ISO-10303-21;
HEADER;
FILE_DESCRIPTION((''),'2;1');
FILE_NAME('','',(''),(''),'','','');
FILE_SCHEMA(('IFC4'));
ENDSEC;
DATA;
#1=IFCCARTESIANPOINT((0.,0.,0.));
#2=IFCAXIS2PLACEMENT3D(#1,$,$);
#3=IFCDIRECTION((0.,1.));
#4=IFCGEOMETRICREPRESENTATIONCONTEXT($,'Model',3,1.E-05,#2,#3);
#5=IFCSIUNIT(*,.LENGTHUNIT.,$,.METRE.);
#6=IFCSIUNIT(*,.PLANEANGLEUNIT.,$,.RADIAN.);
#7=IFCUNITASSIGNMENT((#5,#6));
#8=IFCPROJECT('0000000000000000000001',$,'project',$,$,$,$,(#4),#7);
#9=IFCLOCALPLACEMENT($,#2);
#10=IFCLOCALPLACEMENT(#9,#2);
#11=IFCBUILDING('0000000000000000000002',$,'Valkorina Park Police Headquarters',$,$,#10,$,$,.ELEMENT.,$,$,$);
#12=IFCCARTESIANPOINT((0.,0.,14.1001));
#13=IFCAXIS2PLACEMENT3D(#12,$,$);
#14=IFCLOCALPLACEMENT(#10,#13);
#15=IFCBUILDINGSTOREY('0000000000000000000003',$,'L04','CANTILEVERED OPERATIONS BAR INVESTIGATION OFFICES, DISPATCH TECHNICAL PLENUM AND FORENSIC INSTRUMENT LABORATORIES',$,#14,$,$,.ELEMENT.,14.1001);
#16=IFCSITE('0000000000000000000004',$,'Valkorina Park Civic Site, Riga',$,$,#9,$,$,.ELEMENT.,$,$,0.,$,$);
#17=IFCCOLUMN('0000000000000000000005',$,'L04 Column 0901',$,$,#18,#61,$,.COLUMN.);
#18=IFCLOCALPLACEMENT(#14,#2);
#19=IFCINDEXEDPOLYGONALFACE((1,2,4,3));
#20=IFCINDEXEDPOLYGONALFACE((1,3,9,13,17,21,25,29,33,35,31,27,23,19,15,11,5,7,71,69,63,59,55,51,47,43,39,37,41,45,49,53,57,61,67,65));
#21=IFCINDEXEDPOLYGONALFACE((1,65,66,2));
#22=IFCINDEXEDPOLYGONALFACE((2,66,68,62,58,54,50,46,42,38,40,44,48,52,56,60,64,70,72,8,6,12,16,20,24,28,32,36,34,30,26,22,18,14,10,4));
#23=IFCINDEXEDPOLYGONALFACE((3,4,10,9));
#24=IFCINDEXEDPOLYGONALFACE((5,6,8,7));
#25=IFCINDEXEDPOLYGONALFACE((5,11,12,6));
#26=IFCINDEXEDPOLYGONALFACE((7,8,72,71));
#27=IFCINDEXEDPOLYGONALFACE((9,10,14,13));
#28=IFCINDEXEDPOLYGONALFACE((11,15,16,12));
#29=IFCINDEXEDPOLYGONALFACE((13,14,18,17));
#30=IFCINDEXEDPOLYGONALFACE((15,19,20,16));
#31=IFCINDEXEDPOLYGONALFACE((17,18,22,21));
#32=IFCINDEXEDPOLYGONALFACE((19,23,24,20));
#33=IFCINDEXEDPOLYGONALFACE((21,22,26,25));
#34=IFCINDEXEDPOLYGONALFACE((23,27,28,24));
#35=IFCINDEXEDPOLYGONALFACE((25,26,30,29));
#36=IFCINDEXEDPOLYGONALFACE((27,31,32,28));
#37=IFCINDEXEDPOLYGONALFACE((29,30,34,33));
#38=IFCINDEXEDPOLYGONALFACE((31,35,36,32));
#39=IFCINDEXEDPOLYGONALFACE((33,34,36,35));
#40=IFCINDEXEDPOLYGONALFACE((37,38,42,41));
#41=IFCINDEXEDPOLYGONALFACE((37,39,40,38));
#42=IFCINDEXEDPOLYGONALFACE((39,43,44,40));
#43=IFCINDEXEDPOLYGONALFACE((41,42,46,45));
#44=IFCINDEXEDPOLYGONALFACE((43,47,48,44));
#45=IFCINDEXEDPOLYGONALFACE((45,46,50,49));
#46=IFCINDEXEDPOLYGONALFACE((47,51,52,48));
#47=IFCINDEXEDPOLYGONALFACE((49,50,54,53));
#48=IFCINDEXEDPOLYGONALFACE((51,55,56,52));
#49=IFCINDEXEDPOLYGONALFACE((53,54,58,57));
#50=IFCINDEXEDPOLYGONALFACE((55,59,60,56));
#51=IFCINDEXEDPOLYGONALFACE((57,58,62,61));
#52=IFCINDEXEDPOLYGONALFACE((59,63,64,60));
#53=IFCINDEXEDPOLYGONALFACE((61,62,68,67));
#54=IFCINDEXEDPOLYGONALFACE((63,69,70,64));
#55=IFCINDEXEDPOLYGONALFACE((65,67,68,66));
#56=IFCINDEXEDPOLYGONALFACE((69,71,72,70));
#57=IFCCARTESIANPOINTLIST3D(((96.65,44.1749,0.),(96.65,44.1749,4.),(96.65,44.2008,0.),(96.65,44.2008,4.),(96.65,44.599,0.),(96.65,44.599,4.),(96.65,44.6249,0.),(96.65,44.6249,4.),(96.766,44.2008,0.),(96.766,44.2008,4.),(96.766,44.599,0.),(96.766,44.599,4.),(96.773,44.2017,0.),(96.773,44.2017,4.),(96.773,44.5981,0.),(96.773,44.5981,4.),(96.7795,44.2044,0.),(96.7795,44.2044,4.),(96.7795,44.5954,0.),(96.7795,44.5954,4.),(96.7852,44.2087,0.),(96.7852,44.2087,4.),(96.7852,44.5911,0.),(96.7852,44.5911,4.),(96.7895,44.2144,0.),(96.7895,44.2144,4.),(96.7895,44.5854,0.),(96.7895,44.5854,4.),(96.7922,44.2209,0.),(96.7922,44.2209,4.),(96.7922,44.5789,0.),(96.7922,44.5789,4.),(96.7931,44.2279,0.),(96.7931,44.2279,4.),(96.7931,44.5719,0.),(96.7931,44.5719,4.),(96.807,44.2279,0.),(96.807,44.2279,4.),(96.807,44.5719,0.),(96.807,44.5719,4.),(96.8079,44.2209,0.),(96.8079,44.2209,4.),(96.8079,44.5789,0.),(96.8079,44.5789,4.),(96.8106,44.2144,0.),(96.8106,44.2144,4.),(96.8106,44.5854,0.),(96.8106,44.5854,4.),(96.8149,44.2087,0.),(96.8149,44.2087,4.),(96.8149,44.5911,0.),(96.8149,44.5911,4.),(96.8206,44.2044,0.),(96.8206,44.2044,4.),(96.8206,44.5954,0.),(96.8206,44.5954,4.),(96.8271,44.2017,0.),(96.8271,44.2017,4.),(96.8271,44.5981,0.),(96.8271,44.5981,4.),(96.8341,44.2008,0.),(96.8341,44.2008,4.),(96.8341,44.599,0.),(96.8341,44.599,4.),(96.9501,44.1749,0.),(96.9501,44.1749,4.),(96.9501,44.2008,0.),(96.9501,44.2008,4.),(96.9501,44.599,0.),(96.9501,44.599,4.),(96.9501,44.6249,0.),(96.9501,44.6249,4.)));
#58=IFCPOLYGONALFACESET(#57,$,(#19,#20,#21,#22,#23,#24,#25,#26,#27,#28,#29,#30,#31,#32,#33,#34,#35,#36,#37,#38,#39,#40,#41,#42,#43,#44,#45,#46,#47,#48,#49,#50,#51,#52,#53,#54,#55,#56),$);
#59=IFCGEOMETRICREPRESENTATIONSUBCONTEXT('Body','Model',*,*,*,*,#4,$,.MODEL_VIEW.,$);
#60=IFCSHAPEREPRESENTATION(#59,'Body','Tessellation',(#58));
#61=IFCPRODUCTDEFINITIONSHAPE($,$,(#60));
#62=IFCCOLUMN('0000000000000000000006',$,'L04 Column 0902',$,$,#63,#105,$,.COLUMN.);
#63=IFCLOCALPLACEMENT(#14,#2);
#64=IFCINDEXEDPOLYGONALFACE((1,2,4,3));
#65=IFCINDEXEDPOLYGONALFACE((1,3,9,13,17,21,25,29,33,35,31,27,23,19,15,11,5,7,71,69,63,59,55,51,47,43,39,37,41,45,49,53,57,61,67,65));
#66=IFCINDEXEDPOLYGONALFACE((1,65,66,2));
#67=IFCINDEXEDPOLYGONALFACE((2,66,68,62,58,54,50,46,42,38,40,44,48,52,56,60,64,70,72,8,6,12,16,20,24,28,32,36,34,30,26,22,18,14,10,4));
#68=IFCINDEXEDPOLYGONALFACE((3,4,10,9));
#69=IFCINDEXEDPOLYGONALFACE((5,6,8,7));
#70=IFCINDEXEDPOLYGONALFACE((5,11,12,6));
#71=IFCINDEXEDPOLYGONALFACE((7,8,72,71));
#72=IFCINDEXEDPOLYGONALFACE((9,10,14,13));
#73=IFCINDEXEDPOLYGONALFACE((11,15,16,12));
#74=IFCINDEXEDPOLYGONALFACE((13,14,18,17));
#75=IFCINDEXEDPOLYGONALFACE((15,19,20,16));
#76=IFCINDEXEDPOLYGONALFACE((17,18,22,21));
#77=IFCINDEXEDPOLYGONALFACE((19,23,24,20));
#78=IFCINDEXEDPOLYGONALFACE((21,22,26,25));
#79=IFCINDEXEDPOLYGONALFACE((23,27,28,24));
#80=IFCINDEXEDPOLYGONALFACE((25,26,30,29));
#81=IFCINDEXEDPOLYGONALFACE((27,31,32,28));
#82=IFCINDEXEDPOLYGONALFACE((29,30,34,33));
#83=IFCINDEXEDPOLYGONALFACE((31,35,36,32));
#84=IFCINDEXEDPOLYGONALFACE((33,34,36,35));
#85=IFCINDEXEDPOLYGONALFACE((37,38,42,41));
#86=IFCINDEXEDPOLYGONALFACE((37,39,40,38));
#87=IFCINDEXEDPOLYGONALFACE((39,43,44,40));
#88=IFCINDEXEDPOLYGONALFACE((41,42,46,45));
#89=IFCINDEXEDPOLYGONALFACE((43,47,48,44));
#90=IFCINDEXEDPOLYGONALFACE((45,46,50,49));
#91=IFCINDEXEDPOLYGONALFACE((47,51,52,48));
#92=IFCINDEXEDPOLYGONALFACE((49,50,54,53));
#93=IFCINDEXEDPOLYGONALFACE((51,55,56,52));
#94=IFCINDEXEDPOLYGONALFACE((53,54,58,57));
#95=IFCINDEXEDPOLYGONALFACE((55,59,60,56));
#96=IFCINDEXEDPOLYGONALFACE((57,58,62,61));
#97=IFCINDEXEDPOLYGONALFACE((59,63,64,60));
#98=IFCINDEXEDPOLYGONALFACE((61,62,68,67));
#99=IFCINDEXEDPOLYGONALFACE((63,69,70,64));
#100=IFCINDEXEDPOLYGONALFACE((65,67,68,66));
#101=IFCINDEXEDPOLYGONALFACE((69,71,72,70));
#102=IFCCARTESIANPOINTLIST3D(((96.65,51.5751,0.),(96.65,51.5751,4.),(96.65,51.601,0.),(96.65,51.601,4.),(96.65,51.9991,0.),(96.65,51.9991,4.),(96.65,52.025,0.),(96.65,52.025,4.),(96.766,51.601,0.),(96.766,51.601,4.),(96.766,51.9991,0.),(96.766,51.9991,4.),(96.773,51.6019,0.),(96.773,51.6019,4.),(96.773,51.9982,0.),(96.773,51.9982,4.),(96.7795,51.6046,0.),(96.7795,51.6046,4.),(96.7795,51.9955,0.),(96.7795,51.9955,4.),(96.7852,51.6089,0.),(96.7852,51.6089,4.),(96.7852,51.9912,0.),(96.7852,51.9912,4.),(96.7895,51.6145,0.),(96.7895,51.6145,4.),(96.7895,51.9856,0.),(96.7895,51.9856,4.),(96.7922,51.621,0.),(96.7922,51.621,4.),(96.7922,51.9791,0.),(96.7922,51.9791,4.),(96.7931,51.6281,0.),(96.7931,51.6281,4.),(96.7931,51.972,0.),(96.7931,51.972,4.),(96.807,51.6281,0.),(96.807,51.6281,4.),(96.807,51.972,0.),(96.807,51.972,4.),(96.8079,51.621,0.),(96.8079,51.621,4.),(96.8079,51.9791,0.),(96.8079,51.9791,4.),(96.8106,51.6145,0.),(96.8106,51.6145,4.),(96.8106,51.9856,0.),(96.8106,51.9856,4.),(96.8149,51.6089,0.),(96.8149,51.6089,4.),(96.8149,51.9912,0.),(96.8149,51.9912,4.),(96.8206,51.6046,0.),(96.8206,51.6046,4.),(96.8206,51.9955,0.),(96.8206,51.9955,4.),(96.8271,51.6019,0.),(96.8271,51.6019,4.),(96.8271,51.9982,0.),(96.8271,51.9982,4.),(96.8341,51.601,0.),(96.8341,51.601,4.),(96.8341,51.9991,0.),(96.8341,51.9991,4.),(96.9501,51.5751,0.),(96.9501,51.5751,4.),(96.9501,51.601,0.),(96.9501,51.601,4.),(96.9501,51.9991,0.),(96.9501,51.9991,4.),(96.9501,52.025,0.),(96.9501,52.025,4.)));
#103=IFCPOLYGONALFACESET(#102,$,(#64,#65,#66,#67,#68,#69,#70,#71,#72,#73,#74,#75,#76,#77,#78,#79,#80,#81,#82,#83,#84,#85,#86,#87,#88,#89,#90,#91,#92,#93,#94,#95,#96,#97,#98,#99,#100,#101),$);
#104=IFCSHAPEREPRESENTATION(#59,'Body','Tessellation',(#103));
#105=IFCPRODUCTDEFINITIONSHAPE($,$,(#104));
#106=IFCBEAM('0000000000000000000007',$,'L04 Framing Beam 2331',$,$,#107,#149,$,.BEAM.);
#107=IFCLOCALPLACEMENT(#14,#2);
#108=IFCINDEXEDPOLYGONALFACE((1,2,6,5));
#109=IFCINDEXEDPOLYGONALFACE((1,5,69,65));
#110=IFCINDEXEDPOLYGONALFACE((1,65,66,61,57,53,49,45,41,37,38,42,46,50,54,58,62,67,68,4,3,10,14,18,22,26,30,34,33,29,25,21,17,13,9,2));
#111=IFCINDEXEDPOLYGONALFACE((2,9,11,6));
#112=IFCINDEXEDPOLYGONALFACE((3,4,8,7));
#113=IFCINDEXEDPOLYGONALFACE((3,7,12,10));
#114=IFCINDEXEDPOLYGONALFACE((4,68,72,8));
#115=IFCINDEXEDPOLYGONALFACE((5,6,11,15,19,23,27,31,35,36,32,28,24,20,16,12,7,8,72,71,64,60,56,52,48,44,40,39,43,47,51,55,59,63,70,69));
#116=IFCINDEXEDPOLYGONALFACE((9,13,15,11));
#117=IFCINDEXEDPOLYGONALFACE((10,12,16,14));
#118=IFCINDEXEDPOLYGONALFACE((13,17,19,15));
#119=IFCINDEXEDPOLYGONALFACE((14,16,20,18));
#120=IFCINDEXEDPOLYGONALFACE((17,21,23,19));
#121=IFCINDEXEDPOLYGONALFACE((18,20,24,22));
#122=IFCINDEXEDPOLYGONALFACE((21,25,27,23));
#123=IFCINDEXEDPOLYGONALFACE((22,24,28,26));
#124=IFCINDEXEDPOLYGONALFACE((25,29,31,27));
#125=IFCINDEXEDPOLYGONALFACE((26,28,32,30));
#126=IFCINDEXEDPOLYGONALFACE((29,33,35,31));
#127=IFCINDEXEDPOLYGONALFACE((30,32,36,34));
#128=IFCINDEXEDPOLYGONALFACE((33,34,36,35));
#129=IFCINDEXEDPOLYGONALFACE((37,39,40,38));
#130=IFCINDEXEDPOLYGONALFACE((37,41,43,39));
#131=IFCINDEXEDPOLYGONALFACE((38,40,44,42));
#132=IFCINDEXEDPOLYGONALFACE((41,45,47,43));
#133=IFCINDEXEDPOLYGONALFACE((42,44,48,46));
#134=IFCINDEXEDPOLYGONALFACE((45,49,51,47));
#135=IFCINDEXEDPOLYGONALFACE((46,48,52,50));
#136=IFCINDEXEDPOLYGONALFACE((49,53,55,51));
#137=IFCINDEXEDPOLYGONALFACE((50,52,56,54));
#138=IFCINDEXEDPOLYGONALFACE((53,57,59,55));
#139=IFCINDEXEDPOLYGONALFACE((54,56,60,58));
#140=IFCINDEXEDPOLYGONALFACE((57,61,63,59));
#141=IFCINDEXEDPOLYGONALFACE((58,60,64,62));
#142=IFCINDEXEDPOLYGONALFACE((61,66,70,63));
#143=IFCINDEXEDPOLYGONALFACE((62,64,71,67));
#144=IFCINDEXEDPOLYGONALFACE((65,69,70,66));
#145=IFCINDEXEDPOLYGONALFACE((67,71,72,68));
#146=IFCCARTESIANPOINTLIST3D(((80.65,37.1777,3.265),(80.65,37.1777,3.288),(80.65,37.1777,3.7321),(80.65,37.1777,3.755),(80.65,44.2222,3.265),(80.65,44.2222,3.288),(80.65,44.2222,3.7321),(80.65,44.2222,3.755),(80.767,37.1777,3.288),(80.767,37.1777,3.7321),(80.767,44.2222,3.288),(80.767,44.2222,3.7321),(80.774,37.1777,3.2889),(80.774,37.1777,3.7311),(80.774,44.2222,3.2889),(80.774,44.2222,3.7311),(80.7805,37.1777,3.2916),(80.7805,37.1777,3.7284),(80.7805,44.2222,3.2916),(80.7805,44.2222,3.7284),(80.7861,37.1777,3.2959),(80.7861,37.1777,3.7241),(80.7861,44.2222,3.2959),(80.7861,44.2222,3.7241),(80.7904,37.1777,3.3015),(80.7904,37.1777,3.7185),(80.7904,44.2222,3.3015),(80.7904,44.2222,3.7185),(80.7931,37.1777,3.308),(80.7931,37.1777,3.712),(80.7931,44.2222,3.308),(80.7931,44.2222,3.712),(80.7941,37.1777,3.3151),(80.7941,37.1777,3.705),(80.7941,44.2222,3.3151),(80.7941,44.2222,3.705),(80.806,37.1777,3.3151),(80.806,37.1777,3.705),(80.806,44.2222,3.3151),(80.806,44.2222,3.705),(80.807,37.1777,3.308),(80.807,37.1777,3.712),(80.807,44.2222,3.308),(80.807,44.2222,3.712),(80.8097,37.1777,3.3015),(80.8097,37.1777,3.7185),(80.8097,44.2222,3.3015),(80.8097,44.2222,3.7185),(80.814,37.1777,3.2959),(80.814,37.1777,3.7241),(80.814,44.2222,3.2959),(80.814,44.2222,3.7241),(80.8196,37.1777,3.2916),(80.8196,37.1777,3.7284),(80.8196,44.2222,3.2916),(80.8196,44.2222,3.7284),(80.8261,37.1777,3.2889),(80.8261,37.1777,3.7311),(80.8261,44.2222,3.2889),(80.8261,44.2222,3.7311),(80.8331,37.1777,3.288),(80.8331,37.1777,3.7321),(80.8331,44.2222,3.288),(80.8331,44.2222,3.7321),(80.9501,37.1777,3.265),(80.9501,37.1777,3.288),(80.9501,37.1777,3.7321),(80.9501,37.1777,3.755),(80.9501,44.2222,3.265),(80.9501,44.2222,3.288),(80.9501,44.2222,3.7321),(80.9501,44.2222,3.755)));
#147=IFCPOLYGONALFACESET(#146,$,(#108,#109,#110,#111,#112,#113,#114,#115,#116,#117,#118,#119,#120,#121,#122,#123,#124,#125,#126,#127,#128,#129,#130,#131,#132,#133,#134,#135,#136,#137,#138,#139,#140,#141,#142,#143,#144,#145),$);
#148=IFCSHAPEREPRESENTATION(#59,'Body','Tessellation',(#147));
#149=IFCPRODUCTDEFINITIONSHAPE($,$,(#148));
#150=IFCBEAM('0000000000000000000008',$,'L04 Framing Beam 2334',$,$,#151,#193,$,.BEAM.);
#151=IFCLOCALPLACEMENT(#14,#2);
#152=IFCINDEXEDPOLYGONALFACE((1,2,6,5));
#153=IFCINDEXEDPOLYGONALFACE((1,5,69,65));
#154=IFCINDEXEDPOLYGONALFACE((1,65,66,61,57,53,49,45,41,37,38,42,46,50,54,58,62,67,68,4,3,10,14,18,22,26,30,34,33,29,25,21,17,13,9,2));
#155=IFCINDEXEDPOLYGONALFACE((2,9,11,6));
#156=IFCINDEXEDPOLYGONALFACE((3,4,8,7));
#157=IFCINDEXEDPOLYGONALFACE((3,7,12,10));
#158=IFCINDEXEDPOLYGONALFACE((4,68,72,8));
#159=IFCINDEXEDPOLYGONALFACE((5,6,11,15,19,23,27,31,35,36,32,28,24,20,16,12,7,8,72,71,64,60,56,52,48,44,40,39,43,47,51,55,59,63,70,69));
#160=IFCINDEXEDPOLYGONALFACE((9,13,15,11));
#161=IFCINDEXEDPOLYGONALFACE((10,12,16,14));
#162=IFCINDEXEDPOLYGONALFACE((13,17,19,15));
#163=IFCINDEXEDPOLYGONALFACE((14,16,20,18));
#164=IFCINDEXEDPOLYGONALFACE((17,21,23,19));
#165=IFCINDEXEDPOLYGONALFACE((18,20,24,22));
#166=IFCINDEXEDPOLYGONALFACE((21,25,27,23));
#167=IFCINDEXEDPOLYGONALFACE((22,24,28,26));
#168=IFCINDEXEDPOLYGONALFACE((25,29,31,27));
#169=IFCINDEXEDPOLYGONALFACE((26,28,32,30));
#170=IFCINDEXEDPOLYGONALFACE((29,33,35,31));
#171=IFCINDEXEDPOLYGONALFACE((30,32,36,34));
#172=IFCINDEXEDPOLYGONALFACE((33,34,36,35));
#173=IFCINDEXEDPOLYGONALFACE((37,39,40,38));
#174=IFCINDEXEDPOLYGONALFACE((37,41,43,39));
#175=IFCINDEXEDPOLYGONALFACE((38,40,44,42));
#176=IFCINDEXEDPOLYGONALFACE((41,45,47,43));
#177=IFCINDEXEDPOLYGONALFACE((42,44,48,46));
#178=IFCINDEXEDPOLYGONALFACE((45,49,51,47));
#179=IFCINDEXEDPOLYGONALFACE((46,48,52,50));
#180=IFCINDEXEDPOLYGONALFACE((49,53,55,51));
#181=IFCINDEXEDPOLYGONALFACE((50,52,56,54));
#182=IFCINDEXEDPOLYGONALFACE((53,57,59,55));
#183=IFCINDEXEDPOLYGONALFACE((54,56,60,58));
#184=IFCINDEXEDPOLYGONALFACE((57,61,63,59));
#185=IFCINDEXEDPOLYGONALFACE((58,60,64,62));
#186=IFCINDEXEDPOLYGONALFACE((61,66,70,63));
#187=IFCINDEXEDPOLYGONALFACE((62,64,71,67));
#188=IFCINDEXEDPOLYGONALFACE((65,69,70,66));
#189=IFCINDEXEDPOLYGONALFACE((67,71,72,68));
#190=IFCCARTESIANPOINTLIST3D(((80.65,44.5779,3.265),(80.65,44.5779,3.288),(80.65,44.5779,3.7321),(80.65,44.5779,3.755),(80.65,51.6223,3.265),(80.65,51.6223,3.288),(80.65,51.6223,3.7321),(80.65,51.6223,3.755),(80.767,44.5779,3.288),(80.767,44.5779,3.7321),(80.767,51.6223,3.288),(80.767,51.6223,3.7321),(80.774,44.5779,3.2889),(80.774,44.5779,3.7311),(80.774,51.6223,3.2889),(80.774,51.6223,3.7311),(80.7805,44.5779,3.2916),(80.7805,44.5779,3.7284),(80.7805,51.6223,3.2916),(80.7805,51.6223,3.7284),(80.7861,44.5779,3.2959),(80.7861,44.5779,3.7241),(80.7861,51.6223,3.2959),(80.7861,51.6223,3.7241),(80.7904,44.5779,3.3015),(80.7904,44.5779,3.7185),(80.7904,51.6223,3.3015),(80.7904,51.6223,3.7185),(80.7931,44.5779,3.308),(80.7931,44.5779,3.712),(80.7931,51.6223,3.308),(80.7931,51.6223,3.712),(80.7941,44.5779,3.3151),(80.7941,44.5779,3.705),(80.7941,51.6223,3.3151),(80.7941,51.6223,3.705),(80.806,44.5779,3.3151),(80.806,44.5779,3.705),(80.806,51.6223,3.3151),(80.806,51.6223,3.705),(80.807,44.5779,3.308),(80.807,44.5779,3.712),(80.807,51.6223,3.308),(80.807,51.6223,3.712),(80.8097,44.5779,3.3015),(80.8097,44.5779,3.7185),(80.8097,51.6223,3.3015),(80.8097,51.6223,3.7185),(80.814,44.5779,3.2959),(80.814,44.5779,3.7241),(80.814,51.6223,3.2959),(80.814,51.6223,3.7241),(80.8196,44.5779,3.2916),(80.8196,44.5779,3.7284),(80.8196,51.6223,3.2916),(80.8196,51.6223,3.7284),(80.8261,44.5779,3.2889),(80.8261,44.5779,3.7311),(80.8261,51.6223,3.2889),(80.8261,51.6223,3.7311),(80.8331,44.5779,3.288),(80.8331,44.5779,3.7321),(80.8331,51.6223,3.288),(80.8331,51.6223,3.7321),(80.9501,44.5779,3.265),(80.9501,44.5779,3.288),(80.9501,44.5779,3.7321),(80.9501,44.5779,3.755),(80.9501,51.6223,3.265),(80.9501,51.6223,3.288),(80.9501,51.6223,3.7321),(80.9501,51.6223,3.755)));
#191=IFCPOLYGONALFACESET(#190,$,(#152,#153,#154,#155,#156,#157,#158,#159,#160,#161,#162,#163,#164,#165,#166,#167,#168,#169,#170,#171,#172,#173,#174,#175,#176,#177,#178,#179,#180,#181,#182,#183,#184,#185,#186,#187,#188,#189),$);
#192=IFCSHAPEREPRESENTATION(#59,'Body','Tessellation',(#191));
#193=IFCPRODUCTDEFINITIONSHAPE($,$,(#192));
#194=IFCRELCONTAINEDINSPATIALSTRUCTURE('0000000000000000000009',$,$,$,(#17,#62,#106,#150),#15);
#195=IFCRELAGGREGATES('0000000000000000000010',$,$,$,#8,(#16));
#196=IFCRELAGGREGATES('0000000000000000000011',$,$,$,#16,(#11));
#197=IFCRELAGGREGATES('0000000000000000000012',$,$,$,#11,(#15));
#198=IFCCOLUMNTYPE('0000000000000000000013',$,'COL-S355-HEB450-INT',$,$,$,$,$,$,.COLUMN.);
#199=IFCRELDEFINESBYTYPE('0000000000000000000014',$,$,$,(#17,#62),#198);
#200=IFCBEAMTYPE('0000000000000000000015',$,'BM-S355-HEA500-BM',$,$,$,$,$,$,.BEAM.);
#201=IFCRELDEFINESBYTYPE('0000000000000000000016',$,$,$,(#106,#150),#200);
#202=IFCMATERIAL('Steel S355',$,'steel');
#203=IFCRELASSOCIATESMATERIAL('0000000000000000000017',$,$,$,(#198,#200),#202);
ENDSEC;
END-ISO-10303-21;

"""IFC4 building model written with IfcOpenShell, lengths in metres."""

from ifc_helpers import new_model, si_unit, direction, frame, origin, origin_2d, place, context, subcontext, project, spatial, i_section, extrude, material, material_profile, profile_set, type_object, element, save


model = new_model("IFC4")

# Units and contexts
model_context = context("Model", 3, precision=1e-05, world=origin(), true_north=direction((0.0, 1.0)))
body_context = subcontext(model_context, "Body", "Model", "MODEL_VIEW")
ifc_project = project(units=[si_unit("LENGTHUNIT", "METRE"), si_unit("PLANEANGLEUNIT", "RADIAN")], contexts=[model_context])

# Site, building, storey
site_placement = place(None, origin())
site = spatial("IfcSite", under=ifc_project, at=site_placement, Name="Valkorina Park Civic Site, Riga", CompositionType="ELEMENT", RefElevation=0.0)
building_placement = place(site_placement, origin())
building = spatial("IfcBuilding", under=site, at=building_placement, Name="Valkorina Park Police Headquarters", CompositionType="ELEMENT")
storey_placement = place(building_placement, frame((0.0, 0.0, 14.1001)))
storey = spatial("IfcBuildingStorey", under=building, at=storey_placement, Name="L04", Description="CANTILEVERED OPERATIONS BAR INVESTIGATION OFFICES, DISPATCH TECHNICAL PLENUM AND FORENSIC INSTRUMENT LABORATORIES", CompositionType="ELEMENT", Elevation=14.1001)

# Columns
ifc_material_1 = material(Name="Steel S355", Category="steel")
ifc_material_profile_1 = material_profile(ifc_material_1, i_section(OverallWidth=0.3, OverallDepth=0.45, WebThickness=0.0139, FlangeThickness=0.0259, FilletRadius=0.0271, at=origin_2d()), Name="HEB 450")
ifc_profile_set_1 = profile_set([ifc_material_profile_1], Name="Steel S355")
column_type_1 = type_object("IfcColumnType", Name="COL-S355-HEB450-INT", PredefinedType="COLUMN", material=ifc_profile_set_1)
for number, where, z_axis, x_axis, name in (
    (1, (96.8, 44.3999, 0.0), (0.0, 0.0, 1.0), (1.0, 0.0, 0.0), "L04 Column 0901"),
    (2, (96.8, 51.8, 0.0), (0.0, 0.0, 1.0), (1.0, 0.0, 0.0), "L04 Column 0902"),
):
    element("IfcColumn", number, at=place(storey_placement, frame(where, z_axis=z_axis, x_axis=x_axis)), inside=storey, type_object=column_type_1, Name=name, PredefinedType="COLUMN", context=body_context, shape_type="SweptSolid", body=[
        extrude(i_section(OverallWidth=0.3, OverallDepth=0.45, WebThickness=0.0139, FlangeThickness=0.0259, FilletRadius=0.0271, at=origin_2d()), origin(), (0.0, 0.0, 1.0), 4.0),
    ])

# Beams
ifc_material_profile_2 = material_profile(ifc_material_1, i_section(OverallWidth=0.3, OverallDepth=0.49, WebThickness=0.012, FlangeThickness=0.0229, FilletRadius=0.0271, at=origin_2d()), Name="HEA 500")
ifc_profile_set_2 = profile_set([ifc_material_profile_2], Name="Steel S355")
beam_type_1 = type_object("IfcBeamType", Name="BM-S355-HEA500-BM", PredefinedType="BEAM", material=ifc_profile_set_2)
for number, where, z_axis, x_axis, name in (
    (3, (80.8, 37.1777, 3.51), (0.0, 1.0, 0.0), (-1.0, 0.0, 0.0), "L04 Framing Beam 2331"),
    (4, (80.8, 44.5779, 3.51), (0.0, 1.0, 0.0), (-1.0, 0.0, 0.0), "L04 Framing Beam 2334"),
):
    element("IfcBeam", number, at=place(storey_placement, frame(where, z_axis=z_axis, x_axis=x_axis)), inside=storey, type_object=beam_type_1, Name=name, PredefinedType="BEAM", context=body_context, shape_type="SweptSolid", body=[
        extrude(i_section(OverallWidth=0.3, OverallDepth=0.49, WebThickness=0.012, FlangeThickness=0.0229, FilletRadius=0.0271, at=origin_2d()), origin(), (0.0, 0.0, 1.0), 7.0444),
    ])

save(model, "model.ifc")
